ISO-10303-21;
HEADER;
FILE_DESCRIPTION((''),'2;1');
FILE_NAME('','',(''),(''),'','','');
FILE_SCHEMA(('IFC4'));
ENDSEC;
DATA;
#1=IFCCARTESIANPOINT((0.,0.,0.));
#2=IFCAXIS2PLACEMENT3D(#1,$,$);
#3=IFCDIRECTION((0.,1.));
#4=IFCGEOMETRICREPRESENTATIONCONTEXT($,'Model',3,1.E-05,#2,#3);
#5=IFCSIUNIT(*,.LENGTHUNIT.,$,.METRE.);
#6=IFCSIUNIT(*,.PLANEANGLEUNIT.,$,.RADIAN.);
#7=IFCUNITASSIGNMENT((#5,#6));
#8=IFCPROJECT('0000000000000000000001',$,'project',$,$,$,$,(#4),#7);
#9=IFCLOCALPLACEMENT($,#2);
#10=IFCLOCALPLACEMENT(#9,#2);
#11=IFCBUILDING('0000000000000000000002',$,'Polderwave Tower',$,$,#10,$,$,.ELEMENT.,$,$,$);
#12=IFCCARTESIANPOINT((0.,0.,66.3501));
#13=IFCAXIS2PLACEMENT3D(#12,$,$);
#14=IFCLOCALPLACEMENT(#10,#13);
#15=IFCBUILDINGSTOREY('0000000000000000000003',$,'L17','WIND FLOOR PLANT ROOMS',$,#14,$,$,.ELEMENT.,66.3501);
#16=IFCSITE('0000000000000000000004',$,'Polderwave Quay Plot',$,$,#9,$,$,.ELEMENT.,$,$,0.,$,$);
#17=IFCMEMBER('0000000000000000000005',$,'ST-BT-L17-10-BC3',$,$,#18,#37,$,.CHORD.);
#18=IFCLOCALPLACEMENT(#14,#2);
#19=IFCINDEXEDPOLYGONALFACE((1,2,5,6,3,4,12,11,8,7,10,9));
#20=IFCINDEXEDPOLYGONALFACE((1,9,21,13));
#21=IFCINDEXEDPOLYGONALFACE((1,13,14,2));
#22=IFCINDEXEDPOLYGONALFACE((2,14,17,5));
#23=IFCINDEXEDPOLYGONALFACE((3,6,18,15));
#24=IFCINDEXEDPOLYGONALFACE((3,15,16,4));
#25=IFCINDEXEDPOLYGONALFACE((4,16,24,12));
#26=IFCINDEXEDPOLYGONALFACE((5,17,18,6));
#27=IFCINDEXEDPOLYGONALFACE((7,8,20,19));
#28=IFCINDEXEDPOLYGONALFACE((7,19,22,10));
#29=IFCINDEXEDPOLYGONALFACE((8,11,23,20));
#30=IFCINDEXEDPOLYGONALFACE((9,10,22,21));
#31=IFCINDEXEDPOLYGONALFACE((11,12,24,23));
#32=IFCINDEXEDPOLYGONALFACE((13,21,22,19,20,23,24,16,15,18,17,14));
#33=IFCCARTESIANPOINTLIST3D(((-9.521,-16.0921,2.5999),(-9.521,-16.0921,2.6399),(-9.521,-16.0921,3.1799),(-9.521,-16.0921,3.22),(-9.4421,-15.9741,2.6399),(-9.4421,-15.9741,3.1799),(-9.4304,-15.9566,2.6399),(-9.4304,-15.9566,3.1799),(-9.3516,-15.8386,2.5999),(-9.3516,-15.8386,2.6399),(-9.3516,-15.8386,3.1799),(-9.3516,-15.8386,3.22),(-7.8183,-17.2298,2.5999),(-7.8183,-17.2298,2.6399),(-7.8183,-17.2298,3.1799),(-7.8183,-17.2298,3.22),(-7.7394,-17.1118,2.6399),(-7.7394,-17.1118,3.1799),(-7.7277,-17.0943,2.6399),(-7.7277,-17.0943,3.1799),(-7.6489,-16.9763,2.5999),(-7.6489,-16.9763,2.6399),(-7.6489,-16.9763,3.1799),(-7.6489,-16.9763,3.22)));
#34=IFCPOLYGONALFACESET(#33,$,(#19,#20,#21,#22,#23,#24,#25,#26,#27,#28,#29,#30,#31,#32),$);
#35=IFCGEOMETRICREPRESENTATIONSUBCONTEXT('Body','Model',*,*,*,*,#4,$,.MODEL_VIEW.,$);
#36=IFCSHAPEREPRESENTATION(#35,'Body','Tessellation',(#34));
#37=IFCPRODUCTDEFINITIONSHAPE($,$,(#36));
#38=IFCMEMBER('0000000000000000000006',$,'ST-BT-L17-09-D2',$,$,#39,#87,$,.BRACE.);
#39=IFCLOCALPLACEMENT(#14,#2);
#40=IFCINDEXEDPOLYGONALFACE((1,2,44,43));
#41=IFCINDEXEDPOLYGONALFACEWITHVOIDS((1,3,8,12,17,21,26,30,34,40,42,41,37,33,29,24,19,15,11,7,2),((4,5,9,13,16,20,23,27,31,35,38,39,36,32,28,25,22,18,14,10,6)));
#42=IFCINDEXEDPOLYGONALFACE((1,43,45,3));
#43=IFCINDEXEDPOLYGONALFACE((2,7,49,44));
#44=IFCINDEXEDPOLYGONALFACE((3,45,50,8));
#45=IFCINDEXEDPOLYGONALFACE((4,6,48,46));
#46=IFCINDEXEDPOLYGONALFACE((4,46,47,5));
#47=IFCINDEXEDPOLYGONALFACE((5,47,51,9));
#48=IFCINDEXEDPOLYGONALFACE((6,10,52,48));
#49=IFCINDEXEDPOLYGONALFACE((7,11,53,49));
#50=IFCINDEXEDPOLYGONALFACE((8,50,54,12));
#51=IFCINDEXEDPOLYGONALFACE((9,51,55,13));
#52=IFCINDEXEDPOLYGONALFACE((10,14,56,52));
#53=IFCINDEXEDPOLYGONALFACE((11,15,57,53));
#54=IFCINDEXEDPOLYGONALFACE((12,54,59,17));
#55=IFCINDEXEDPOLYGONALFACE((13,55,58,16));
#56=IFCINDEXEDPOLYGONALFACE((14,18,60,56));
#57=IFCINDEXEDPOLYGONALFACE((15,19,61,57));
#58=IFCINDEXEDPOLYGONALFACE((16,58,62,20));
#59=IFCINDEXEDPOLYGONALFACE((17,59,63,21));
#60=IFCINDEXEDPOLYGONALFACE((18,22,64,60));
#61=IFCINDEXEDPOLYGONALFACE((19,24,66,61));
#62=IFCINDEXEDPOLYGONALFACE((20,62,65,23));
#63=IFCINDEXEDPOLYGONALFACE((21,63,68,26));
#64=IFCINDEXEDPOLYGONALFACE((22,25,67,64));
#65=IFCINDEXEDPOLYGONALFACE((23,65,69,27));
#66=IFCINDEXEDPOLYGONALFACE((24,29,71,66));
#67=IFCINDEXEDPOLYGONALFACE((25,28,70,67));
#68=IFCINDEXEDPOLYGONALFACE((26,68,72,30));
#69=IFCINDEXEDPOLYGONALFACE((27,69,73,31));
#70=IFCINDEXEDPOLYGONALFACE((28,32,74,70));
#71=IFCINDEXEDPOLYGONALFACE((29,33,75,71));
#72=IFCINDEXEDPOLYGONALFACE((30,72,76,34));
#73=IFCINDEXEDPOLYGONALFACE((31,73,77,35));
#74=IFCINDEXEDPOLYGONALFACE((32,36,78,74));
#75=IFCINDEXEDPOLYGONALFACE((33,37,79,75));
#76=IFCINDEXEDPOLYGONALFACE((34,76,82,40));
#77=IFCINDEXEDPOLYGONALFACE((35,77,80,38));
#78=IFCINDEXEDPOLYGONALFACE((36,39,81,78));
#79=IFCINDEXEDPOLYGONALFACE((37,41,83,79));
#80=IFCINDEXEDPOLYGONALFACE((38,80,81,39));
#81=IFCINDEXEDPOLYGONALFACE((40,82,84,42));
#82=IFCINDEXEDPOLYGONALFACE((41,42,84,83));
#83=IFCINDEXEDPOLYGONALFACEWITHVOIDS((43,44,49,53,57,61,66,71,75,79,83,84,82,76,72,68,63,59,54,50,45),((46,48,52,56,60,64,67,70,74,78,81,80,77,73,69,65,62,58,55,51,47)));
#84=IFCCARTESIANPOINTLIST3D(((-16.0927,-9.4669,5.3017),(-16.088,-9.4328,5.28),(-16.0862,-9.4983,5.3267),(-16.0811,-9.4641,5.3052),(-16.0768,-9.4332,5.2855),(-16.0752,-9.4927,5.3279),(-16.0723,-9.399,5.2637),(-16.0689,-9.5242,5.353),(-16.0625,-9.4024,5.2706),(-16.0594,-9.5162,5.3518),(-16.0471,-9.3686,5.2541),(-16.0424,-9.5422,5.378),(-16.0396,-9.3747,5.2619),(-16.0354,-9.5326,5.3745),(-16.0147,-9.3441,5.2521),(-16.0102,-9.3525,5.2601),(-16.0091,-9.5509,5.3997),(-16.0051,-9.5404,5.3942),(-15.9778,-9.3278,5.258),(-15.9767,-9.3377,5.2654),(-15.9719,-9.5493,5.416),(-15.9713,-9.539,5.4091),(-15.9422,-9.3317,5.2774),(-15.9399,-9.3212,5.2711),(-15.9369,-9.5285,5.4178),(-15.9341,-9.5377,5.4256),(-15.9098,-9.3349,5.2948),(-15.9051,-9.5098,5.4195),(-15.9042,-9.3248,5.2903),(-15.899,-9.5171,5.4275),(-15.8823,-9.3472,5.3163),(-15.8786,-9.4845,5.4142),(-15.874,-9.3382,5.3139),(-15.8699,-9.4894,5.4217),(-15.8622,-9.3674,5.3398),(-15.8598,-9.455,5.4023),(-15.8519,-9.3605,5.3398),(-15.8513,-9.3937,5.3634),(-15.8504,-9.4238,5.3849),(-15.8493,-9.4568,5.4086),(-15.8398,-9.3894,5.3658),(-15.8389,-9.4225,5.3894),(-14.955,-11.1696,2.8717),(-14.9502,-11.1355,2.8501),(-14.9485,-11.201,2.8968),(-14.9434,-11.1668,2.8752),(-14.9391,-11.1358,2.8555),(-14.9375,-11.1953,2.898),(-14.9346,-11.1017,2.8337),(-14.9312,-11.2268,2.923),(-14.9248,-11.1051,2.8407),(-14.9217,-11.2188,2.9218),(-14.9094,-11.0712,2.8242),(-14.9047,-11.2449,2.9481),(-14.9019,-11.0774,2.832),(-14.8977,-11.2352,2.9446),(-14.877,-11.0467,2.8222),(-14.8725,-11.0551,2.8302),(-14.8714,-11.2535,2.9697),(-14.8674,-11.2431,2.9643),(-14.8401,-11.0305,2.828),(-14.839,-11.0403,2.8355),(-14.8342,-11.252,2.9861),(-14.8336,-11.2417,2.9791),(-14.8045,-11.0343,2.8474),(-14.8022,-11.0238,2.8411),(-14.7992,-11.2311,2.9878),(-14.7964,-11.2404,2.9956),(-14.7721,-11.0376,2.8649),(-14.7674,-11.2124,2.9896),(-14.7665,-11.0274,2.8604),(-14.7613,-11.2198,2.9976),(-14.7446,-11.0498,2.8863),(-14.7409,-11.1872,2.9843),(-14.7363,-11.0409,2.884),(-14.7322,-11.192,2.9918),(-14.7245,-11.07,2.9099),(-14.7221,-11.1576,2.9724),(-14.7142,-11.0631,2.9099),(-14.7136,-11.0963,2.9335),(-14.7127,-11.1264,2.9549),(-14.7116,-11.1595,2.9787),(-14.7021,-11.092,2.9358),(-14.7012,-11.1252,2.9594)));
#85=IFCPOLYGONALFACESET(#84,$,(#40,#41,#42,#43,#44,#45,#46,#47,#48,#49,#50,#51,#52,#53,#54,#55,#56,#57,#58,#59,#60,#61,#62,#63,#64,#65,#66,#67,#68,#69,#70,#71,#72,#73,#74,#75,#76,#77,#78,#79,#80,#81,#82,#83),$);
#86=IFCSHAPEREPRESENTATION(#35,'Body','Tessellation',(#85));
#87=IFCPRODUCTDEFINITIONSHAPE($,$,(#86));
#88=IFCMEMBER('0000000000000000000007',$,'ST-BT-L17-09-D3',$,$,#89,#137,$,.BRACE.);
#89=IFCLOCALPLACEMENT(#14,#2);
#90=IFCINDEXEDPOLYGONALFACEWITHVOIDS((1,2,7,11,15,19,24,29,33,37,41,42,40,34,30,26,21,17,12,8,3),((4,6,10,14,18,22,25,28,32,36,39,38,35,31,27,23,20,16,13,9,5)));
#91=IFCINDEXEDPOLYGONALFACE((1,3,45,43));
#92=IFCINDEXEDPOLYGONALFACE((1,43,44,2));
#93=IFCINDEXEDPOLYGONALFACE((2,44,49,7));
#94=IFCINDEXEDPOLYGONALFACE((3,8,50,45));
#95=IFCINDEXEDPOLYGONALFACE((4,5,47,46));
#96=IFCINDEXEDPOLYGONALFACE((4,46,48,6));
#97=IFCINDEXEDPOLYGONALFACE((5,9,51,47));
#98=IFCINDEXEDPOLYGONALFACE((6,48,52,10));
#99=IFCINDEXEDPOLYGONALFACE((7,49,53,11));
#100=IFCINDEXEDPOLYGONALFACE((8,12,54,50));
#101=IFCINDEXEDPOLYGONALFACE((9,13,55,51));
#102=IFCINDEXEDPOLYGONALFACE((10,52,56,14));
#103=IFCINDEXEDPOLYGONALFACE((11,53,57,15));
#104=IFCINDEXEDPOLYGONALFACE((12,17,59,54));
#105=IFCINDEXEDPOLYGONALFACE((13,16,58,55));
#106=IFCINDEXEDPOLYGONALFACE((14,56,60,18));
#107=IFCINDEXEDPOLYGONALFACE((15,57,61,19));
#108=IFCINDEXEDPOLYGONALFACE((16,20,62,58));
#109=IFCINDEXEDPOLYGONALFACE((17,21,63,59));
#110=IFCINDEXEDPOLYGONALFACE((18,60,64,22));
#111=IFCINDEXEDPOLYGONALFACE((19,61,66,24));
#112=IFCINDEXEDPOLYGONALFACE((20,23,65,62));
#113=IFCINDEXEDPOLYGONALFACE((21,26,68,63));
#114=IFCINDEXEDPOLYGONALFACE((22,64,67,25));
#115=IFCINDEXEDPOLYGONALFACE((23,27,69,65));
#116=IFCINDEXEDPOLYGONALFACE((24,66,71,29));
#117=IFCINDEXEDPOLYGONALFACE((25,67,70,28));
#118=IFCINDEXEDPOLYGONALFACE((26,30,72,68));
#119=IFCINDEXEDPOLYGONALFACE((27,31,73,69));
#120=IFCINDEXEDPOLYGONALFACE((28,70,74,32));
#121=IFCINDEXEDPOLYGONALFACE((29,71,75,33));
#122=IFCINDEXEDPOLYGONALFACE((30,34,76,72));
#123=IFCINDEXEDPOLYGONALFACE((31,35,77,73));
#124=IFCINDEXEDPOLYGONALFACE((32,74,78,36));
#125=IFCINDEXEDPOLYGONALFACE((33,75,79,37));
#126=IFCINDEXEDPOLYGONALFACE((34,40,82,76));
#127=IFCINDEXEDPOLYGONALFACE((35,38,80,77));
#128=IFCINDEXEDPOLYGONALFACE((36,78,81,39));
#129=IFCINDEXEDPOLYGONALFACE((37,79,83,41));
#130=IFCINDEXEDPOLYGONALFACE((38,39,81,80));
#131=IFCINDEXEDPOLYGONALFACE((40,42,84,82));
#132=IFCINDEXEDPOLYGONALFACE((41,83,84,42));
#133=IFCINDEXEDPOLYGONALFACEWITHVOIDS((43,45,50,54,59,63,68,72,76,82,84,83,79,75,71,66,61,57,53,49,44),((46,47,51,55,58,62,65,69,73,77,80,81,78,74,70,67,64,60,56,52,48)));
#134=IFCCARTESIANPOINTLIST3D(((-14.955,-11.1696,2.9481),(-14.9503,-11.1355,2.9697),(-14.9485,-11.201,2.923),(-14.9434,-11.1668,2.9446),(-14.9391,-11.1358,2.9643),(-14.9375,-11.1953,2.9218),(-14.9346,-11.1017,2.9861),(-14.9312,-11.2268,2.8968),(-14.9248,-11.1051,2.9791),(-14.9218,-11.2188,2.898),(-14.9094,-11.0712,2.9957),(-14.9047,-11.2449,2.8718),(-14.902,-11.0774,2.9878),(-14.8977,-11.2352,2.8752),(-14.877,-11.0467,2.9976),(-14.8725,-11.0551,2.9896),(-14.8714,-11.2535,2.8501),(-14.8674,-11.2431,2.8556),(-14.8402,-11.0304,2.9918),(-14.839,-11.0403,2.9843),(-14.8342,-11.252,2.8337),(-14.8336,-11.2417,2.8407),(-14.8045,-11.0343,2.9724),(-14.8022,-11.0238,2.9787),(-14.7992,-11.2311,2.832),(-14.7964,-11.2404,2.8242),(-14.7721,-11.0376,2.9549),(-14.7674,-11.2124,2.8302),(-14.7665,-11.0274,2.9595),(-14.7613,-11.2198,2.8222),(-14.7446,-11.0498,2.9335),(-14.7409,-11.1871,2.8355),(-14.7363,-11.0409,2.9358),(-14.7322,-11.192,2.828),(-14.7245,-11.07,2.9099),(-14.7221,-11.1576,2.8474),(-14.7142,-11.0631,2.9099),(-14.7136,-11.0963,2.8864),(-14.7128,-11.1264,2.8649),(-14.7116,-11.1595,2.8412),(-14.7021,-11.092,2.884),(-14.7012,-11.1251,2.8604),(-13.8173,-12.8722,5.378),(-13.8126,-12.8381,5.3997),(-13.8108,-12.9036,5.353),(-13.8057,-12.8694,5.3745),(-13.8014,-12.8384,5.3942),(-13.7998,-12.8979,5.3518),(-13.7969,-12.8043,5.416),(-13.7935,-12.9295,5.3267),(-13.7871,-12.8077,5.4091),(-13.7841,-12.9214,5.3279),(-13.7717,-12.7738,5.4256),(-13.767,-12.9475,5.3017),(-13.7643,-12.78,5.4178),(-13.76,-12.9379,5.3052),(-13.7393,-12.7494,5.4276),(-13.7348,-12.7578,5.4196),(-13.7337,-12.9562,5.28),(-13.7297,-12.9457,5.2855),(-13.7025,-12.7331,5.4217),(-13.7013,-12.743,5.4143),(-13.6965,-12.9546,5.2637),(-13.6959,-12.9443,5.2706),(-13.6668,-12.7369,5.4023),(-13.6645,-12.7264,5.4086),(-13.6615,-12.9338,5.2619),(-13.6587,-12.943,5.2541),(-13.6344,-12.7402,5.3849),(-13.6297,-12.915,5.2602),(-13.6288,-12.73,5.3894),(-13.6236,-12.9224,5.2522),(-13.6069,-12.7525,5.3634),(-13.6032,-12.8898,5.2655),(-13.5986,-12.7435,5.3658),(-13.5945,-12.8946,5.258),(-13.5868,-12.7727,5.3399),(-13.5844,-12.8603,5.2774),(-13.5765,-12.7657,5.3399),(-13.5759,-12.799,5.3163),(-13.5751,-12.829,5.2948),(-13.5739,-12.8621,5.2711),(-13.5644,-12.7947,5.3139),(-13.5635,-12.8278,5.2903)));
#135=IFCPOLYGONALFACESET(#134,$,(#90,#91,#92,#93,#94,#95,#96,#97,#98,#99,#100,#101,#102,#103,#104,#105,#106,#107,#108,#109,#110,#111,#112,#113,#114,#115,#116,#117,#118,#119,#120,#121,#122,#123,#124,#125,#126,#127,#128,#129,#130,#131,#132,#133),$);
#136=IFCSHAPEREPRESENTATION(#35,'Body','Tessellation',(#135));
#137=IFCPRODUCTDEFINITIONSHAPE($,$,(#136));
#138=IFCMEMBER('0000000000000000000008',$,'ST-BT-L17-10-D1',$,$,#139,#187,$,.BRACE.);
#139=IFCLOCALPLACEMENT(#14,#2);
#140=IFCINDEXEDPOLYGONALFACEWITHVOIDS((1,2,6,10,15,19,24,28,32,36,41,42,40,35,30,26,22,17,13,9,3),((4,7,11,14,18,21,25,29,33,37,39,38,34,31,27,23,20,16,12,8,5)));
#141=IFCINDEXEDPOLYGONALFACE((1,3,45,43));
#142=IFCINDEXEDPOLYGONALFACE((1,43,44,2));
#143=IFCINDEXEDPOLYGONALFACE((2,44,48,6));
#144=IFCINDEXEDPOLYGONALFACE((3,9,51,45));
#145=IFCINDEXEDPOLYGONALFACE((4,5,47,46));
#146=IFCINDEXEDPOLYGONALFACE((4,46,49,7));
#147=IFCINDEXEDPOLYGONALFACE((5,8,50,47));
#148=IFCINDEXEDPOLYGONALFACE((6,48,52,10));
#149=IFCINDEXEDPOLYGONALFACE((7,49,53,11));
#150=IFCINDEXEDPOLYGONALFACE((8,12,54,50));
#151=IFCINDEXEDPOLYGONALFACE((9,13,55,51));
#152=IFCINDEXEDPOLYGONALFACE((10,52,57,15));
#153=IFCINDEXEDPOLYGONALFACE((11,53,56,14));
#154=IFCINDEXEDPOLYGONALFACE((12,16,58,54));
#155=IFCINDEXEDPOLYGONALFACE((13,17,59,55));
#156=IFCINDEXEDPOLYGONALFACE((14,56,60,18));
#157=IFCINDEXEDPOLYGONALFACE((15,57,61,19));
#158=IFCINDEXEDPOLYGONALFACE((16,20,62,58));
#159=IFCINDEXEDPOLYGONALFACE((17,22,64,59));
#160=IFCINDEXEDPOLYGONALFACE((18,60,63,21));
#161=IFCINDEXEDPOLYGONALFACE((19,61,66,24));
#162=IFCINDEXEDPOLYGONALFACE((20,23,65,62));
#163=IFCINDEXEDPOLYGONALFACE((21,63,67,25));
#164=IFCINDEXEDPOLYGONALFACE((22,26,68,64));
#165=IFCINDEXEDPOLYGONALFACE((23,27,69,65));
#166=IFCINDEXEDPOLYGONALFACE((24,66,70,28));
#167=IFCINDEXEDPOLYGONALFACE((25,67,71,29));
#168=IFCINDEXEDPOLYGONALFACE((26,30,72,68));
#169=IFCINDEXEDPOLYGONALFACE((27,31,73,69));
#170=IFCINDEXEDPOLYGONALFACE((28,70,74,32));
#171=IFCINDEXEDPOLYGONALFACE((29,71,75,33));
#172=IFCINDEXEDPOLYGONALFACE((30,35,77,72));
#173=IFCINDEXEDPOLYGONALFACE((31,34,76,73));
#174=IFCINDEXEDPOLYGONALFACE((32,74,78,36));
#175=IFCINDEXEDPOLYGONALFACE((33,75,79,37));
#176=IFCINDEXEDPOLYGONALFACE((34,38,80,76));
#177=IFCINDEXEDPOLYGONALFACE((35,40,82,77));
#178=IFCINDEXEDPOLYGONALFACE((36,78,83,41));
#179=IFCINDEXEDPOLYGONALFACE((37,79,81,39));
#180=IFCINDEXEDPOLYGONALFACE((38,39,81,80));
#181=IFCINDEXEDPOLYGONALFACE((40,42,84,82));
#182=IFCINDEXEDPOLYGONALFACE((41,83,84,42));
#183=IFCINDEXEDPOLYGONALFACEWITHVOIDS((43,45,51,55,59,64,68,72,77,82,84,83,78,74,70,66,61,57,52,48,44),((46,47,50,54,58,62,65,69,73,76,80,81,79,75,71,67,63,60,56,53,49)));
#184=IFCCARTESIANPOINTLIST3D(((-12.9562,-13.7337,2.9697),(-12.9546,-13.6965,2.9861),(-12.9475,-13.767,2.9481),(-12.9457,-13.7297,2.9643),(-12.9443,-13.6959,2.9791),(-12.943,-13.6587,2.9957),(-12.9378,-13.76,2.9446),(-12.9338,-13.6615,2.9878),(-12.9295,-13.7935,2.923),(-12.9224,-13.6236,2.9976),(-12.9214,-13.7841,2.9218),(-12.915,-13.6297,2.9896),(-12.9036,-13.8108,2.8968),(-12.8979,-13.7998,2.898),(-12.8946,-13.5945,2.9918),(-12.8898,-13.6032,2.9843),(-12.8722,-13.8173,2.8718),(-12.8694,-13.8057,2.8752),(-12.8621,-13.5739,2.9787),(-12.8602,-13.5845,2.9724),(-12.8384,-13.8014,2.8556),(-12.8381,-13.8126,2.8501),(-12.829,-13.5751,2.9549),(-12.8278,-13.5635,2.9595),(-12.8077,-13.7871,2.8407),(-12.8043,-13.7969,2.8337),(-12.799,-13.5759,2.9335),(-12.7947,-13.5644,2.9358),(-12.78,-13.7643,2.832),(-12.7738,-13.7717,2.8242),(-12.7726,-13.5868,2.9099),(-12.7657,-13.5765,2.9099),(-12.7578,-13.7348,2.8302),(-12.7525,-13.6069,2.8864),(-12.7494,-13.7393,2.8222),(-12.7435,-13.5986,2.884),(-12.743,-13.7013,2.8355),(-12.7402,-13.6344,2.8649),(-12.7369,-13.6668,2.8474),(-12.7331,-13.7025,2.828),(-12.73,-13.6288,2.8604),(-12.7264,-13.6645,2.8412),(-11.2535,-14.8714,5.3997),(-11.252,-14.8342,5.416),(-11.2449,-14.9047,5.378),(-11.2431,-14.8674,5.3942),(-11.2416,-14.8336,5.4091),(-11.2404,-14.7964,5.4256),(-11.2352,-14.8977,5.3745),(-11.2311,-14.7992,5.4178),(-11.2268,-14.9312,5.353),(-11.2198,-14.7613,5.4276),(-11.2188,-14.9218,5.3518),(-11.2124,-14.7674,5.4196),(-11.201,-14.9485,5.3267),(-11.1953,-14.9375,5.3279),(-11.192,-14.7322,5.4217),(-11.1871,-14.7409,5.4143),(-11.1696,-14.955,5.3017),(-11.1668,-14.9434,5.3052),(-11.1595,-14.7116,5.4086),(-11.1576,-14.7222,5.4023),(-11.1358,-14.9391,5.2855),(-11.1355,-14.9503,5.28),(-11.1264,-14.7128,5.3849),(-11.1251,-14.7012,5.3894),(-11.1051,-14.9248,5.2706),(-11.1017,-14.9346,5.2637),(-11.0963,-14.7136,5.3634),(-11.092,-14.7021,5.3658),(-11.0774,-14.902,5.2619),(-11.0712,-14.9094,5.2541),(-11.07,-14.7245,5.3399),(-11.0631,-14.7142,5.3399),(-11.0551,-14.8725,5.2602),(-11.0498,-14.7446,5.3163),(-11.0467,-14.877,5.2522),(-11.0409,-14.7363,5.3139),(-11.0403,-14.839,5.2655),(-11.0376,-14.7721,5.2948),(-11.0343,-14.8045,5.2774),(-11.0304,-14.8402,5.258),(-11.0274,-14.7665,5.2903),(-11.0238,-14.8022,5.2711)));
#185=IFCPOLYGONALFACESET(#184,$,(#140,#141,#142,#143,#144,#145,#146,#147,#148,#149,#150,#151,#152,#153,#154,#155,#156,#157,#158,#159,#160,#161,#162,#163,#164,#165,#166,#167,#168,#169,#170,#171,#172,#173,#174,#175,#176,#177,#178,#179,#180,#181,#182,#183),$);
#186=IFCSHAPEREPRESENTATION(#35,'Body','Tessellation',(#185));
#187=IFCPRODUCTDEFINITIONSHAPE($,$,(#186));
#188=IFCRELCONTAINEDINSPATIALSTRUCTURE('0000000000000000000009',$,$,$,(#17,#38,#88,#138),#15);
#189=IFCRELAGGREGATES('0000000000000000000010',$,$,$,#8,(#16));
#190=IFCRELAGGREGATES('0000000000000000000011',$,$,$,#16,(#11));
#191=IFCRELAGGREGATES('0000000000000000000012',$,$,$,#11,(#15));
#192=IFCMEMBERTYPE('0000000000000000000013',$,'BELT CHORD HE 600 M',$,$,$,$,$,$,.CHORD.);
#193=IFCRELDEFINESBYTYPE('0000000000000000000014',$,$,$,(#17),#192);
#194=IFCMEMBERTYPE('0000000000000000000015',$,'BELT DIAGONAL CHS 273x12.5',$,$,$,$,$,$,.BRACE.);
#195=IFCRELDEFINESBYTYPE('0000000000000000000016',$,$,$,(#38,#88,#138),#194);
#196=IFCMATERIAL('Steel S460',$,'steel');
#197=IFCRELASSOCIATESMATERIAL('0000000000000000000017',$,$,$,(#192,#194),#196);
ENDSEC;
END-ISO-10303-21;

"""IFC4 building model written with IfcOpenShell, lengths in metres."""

from ifc_helpers import new_model, si_unit, direction, frame, origin, origin_2d, place, context, subcontext, project, spatial, hollow_circle, i_section, extrude, material, material_profile, profile_set, type_object, element, save


model = new_model("IFC4")

# Units and contexts
model_context = context("Model", 3, precision=1e-05, world=origin(), true_north=direction((0.0, 1.0)))
body_context = subcontext(model_context, "Body", "Model", "MODEL_VIEW")
ifc_project = project(units=[si_unit("LENGTHUNIT", "METRE"), si_unit("PLANEANGLEUNIT", "RADIAN")], contexts=[model_context])

# Site, building, storey
site_placement = place(None, origin())
site = spatial("IfcSite", under=ifc_project, at=site_placement, Name="Polderwave Quay Plot", CompositionType="ELEMENT", RefElevation=0.0)
building_placement = place(site_placement, origin())
building = spatial("IfcBuilding", under=site, at=building_placement, Name="Polderwave Tower", CompositionType="ELEMENT")
storey_placement = place(building_placement, frame((0.0, 0.0, 66.3501)))
storey = spatial("IfcBuildingStorey", under=building, at=storey_placement, Name="L17", Description="WIND FLOOR PLANT ROOMS", CompositionType="ELEMENT", Elevation=66.3501)

# Members
ifc_material_1 = material(Name="Steel S460", Category="steel")
ifc_material_profile_1 = material_profile(ifc_material_1, i_section(OverallWidth=0.3049, OverallDepth=0.6201, WebThickness=0.021, FlangeThickness=0.04, at=origin_2d()), Name="HE 600 M")
ifc_profile_set_1 = profile_set([ifc_material_profile_1], Name="Steel S460")
member_type_1 = type_object("IfcMemberType", Name="BELT CHORD HE 600 M", PredefinedType="CHORD", material=ifc_profile_set_1)
for number, where, z_axis, x_axis, name in (
    (1, (-9.4363, -15.9653, 2.9099), (0.831463, -0.55558, 0.0), (0.55558, 0.831463, 0.0), "ST-BT-L17-10-BC3"),
):
    element("IfcMember", number, at=place(storey_placement, frame(where, z_axis=z_axis, x_axis=x_axis)), inside=storey, type_object=member_type_1, Name=name, PredefinedType="CHORD", context=body_context, shape_type="SweptSolid", body=[
        extrude(i_section(OverallWidth=0.3049, OverallDepth=0.6201, WebThickness=0.021, FlangeThickness=0.04, at=origin_2d()), origin(), (0.0, 0.0, 1.0), 2.0479),
    ])
ifc_material_profile_2 = material_profile(ifc_material_1, hollow_circle(Radius=0.1365, WallThickness=0.0125, at=origin_2d()), Name="CHS 273x12.5")
ifc_profile_set_2 = profile_set([ifc_material_profile_2], Name="Steel S460")
member_type_2 = type_object("IfcMemberType", Name="BELT DIAGONAL CHS 273x12.5", PredefinedType="BRACE", material=ifc_profile_set_2)
for number, where, z_axis, x_axis, name in (
    (2, (-15.9653, -9.4363, 5.3398), (0.358023, -0.535805, -0.764678), (0.831463, 0.55558, 0.0), "ST-BT-L17-09-D2"),
    (3, (-14.8276, -11.1389, 2.9099), (0.358023, -0.535805, 0.764678), (0.831463, 0.55558, 0.0), "ST-BT-L17-09-D3"),
    (4, (-12.8416, -13.6899, 2.9099), (0.535805, -0.358023, 0.764678), (0.55558, 0.831463, 0.0), "ST-BT-L17-10-D1"),
):
    element("IfcMember", number, at=place(storey_placement, frame(where, z_axis=z_axis, x_axis=x_axis)), inside=storey, type_object=member_type_2, Name=name, PredefinedType="BRACE", context=body_context, shape_type="SweptSolid", body=[
        extrude(hollow_circle(Radius=0.1365, WallThickness=0.0125, at=origin_2d()), origin(), (0.0, 0.0, 1.0), 3.1777),
    ])

save(model, "model.ifc")
